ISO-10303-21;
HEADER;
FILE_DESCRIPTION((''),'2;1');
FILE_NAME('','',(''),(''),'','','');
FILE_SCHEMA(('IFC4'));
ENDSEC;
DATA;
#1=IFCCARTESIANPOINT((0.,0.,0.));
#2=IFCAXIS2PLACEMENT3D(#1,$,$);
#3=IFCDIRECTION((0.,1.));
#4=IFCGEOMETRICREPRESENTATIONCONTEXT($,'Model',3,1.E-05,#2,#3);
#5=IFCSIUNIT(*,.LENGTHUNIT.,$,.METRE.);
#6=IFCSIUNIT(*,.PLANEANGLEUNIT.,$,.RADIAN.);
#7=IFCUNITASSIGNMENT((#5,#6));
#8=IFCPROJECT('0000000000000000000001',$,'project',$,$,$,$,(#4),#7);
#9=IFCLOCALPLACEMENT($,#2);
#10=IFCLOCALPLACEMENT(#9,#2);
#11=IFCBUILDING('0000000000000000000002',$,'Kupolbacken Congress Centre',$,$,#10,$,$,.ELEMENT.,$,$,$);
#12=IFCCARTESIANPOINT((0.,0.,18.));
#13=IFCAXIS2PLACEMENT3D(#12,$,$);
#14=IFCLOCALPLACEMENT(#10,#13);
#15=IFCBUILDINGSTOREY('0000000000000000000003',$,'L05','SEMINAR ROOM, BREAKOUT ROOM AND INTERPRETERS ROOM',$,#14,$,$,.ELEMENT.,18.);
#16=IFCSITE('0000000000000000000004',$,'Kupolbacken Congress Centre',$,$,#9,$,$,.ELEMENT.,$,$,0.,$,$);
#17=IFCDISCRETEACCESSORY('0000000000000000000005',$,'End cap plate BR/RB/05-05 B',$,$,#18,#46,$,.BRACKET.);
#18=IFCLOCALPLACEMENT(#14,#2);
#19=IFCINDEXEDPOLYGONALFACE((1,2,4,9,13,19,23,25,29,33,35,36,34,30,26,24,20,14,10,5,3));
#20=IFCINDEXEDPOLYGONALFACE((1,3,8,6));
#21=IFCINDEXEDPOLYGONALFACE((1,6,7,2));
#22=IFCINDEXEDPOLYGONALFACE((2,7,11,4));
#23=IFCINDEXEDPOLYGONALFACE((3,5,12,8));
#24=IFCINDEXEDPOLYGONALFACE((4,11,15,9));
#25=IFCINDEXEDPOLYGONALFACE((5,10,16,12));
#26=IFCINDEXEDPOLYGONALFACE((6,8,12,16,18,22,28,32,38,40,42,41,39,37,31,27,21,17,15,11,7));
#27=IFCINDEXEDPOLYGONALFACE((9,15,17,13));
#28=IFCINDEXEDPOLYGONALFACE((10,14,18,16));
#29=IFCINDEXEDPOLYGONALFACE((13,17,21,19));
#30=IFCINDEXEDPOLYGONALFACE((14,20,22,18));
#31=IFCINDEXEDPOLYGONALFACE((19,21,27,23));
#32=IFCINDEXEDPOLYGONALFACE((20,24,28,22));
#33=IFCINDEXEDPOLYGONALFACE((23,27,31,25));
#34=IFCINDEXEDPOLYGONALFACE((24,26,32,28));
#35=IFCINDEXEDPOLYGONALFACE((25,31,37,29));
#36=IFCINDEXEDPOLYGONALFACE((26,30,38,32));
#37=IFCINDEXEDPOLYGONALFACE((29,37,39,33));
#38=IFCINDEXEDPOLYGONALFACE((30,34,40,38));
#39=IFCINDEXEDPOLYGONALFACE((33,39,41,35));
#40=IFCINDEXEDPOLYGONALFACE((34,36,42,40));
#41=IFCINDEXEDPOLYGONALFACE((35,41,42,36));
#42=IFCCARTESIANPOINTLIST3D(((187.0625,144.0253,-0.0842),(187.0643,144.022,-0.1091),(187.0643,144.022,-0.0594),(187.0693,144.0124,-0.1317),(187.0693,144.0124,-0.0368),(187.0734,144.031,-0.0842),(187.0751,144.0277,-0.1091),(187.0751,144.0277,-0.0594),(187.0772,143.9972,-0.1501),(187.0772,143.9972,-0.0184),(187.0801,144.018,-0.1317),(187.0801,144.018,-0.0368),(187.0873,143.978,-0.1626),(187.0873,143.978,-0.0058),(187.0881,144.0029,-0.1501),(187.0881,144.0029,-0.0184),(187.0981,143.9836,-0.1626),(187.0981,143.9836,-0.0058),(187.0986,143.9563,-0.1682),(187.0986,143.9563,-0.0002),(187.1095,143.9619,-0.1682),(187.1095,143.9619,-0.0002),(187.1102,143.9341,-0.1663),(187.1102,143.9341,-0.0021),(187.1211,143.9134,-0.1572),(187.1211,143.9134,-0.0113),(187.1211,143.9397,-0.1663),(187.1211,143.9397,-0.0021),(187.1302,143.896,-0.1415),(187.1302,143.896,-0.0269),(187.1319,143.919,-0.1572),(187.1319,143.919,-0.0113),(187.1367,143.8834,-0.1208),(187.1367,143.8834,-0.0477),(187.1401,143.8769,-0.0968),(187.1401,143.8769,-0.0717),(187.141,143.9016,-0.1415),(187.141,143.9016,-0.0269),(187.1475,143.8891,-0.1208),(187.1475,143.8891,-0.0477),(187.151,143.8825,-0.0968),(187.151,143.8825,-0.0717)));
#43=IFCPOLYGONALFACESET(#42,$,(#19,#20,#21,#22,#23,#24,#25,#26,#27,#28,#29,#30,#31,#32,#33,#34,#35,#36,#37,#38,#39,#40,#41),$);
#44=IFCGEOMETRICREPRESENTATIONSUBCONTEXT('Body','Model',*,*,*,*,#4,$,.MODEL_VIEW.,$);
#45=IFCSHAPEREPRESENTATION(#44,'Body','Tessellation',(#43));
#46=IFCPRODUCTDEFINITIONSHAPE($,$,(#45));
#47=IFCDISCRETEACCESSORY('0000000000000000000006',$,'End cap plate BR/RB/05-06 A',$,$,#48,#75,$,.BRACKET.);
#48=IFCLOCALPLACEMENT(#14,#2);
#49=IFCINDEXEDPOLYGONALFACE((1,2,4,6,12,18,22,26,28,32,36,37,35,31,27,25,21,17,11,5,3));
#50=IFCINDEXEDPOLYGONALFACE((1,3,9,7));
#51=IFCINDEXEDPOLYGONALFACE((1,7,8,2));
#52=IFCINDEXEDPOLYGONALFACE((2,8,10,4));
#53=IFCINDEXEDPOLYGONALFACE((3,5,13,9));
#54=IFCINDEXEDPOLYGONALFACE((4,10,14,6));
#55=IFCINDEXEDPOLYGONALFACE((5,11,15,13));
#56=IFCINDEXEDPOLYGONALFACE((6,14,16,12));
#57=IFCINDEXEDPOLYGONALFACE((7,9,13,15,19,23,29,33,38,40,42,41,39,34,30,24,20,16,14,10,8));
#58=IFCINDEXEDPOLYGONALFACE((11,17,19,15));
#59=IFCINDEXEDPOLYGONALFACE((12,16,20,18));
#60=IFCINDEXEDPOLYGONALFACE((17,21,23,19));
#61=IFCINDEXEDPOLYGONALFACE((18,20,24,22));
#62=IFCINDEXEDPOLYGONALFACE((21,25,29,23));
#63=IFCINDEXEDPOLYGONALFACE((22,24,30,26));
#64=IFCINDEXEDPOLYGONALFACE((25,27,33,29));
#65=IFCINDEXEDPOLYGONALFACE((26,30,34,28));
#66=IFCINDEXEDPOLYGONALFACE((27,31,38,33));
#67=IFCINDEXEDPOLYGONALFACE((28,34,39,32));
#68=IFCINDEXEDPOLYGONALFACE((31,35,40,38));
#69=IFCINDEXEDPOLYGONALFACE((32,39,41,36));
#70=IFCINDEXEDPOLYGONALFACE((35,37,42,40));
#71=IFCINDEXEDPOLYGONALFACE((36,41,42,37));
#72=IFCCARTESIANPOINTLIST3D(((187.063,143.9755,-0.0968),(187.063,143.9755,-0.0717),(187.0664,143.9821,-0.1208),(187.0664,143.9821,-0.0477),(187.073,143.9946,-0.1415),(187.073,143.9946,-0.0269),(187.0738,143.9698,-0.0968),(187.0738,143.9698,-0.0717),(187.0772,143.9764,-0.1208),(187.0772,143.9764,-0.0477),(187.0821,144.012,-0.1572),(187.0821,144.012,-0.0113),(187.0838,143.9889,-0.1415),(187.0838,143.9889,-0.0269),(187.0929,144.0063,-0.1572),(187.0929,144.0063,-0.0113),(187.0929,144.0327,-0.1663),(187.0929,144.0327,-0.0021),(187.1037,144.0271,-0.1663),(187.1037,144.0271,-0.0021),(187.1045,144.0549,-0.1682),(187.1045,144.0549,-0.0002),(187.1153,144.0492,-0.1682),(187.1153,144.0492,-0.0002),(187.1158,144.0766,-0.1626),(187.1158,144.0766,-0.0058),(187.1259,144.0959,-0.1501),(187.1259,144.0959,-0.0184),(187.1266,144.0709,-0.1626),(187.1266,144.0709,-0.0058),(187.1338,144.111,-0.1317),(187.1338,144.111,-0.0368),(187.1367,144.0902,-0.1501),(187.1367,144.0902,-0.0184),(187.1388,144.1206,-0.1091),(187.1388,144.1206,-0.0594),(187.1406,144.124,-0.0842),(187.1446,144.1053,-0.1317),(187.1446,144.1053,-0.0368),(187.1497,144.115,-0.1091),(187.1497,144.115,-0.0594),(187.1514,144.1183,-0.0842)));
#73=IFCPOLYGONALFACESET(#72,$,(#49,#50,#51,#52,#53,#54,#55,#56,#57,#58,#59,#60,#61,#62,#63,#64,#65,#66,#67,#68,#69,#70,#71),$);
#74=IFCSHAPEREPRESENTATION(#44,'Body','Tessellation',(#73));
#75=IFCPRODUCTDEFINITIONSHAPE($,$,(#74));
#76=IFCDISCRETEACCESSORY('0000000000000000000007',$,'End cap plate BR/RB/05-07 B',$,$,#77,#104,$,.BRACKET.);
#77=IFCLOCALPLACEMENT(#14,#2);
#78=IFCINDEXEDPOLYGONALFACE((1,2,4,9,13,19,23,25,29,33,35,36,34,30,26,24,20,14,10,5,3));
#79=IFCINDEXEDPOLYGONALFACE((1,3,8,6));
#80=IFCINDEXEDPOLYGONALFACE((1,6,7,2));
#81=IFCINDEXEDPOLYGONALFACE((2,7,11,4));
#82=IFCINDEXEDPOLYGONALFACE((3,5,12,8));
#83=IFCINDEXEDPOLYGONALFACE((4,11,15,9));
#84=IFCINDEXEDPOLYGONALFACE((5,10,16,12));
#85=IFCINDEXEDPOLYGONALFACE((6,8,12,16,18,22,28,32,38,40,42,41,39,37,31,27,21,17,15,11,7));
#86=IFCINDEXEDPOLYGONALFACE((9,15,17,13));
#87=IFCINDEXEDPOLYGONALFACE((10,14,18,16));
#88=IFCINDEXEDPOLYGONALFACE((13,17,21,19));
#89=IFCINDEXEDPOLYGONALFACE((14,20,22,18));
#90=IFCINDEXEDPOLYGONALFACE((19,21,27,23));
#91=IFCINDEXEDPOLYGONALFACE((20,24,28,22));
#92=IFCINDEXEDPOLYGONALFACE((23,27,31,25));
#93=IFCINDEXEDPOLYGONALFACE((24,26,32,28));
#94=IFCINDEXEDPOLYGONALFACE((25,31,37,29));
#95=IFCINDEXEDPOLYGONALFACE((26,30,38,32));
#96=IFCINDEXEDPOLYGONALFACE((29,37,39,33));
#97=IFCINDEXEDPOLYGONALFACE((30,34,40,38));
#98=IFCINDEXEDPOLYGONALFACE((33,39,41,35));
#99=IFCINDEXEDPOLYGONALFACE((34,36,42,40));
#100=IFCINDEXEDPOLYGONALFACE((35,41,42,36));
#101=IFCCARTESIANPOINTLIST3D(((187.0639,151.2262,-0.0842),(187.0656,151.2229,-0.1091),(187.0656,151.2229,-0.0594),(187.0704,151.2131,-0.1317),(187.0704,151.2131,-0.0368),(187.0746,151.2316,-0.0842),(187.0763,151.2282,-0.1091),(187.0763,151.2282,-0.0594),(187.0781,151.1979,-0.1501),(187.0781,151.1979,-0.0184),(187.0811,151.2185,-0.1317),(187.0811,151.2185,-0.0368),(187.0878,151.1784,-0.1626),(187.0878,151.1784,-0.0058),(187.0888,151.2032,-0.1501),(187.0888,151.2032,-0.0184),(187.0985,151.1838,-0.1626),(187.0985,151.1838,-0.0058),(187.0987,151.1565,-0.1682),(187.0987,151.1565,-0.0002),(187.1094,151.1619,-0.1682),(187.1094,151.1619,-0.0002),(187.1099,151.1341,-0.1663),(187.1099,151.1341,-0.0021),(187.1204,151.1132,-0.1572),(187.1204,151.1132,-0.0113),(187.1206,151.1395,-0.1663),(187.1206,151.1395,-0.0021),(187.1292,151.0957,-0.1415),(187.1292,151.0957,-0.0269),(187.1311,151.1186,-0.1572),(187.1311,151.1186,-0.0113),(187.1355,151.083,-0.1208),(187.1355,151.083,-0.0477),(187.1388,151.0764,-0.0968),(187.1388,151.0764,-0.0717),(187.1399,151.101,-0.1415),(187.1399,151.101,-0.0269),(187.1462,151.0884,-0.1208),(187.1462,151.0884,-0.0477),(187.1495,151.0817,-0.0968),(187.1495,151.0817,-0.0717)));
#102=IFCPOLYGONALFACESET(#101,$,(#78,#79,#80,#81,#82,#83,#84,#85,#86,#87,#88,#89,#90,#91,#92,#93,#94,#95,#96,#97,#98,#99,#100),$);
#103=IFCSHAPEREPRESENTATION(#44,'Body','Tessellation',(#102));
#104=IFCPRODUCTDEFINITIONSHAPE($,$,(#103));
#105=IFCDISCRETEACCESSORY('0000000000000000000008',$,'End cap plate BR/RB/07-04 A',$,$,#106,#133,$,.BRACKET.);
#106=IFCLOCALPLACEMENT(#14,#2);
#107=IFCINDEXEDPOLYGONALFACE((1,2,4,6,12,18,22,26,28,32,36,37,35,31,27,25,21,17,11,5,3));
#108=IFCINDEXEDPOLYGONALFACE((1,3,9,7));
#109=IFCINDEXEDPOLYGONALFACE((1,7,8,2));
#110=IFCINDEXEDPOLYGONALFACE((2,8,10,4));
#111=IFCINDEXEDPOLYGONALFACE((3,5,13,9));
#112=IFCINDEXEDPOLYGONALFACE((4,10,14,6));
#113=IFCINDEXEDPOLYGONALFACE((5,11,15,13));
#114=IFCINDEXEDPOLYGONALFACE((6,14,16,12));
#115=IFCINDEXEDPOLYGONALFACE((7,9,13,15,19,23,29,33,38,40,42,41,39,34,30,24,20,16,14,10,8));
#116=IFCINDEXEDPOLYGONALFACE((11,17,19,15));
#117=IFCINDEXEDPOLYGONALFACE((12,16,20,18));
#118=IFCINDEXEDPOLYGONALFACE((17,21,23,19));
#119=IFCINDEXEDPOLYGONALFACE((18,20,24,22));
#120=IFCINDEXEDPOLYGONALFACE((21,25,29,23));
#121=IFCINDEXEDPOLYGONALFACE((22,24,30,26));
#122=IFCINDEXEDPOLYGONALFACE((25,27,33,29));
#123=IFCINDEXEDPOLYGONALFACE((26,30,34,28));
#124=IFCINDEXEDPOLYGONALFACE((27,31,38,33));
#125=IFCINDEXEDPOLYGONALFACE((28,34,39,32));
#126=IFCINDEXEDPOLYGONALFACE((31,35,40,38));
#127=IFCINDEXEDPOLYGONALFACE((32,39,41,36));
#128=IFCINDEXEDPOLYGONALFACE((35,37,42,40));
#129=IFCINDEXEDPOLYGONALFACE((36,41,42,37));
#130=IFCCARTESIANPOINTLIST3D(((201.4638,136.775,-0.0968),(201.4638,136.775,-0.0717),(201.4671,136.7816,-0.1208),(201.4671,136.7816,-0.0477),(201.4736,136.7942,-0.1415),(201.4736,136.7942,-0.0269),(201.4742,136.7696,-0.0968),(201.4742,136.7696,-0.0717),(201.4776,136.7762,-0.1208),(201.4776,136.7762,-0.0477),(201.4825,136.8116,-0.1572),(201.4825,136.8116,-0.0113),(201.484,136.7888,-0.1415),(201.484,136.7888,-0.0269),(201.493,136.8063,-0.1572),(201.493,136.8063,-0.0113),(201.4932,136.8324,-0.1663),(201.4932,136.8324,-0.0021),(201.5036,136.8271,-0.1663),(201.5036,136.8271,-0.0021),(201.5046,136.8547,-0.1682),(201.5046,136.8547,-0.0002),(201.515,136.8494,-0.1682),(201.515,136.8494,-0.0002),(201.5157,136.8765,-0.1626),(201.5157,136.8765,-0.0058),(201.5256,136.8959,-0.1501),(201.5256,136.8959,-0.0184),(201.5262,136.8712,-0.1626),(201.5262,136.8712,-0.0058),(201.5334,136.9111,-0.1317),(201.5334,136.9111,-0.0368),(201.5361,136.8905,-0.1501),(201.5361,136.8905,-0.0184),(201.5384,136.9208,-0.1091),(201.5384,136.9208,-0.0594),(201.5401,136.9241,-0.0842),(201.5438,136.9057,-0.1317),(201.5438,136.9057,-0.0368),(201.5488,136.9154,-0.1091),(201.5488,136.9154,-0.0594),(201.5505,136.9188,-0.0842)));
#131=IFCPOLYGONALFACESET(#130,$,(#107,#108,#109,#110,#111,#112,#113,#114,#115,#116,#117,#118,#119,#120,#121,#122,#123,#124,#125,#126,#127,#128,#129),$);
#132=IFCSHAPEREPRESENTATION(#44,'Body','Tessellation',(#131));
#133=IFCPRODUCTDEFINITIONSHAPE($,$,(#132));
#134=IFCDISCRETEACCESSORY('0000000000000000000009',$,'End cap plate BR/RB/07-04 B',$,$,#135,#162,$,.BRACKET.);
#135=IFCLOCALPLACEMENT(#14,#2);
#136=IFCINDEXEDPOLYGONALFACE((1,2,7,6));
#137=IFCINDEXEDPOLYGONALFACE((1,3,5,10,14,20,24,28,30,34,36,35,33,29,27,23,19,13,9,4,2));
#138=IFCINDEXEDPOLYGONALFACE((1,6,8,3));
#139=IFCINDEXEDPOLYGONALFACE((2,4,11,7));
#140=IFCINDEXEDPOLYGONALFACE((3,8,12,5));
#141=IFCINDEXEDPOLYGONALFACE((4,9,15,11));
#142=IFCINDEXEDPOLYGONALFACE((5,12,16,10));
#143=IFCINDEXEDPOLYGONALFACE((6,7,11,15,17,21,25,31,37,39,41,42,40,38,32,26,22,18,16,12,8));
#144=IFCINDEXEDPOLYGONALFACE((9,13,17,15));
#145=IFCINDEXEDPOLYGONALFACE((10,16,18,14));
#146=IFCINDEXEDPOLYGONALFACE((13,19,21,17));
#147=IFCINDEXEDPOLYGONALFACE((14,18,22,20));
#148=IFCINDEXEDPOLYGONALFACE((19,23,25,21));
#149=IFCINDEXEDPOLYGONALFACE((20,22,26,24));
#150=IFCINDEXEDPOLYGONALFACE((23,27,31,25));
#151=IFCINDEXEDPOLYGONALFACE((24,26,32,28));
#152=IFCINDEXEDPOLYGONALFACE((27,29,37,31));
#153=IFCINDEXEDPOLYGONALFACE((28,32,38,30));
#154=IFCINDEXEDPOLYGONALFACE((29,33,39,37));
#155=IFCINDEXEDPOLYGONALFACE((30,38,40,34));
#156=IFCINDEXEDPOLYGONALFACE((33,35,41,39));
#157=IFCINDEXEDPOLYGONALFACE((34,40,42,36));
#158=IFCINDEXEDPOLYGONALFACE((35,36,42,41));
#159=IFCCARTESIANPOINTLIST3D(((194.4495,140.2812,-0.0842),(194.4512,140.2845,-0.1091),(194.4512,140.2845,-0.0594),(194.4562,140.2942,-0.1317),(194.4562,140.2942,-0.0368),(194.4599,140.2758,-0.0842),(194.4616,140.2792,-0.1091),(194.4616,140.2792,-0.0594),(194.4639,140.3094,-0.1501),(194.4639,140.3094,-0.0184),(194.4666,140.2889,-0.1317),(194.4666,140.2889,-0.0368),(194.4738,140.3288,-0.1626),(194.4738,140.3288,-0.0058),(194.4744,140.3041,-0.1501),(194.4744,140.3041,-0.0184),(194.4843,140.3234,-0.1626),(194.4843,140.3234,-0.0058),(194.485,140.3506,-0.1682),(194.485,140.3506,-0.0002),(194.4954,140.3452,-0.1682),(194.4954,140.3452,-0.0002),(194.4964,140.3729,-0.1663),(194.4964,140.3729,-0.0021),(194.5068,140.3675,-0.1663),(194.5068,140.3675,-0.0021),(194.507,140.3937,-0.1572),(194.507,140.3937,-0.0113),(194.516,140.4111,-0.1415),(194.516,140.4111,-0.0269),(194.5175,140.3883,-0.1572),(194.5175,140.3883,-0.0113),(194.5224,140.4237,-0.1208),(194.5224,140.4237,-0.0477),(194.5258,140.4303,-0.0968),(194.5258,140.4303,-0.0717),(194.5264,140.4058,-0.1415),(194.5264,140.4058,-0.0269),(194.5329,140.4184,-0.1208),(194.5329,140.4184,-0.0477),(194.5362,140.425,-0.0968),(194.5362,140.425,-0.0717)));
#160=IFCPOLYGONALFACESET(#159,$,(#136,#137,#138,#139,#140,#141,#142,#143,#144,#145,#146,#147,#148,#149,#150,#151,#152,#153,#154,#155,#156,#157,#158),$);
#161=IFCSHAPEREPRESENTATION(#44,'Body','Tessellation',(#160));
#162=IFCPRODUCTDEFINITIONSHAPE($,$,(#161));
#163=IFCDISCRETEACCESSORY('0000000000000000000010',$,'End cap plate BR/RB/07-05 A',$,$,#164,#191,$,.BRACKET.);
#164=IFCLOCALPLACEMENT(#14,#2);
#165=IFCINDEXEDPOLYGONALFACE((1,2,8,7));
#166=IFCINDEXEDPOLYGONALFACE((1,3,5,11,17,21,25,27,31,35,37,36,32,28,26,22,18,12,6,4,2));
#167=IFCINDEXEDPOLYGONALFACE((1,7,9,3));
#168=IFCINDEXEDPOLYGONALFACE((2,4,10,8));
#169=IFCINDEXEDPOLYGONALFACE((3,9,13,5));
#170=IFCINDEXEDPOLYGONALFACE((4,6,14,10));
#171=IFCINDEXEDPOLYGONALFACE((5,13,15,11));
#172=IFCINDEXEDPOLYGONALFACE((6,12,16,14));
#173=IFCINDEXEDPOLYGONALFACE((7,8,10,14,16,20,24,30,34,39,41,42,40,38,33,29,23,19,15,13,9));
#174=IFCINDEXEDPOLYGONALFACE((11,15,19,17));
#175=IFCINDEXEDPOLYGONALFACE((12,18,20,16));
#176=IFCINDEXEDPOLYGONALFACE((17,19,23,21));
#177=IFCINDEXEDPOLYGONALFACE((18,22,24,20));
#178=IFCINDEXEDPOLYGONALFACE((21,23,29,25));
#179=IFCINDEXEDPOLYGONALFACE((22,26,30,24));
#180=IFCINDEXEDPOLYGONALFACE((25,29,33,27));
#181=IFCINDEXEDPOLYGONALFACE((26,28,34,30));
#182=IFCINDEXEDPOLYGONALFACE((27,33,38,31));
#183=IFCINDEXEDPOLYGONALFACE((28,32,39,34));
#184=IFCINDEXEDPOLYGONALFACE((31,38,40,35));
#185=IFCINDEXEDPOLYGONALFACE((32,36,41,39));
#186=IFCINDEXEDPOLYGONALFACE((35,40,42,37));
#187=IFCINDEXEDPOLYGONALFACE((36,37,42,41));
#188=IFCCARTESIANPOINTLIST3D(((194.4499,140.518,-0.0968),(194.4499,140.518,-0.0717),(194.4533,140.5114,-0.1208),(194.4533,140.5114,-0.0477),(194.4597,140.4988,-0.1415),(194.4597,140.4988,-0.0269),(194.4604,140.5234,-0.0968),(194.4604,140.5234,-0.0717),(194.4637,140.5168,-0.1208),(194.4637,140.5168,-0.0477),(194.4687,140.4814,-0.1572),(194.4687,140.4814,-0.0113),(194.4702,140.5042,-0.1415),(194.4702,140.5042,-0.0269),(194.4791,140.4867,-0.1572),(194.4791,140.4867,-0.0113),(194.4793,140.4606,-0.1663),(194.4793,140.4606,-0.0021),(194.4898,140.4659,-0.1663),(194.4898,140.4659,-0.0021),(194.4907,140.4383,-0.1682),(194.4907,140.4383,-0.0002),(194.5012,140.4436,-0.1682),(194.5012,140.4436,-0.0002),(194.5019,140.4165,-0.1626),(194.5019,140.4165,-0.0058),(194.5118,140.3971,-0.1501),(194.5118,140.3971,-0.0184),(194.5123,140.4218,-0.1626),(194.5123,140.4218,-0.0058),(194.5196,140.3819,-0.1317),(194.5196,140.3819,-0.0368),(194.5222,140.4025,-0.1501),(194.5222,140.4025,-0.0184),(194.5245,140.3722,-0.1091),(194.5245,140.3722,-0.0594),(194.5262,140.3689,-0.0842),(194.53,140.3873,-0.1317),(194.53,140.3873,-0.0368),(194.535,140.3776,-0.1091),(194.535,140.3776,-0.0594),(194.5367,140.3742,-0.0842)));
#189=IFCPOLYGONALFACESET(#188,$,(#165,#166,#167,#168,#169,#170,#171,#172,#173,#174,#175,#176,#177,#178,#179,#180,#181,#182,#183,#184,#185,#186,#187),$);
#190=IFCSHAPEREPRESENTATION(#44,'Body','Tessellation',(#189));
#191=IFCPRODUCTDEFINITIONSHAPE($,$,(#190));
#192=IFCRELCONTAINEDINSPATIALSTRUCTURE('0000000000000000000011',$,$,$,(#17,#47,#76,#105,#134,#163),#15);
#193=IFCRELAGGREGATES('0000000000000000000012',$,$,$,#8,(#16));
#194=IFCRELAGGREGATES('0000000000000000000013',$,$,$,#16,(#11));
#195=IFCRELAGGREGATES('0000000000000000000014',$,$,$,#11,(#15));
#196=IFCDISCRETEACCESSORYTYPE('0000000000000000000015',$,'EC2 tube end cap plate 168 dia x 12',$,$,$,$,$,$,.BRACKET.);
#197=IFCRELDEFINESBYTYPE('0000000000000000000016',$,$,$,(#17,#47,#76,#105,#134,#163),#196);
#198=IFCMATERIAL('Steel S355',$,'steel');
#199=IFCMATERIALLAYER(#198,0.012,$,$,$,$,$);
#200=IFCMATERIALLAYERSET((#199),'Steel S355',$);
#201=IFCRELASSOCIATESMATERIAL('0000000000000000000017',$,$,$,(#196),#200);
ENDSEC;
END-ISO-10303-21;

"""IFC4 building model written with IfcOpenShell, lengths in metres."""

from ifc_helpers import new_model, si_unit, direction, frame, origin, origin_2d, place, context, subcontext, project, spatial, circle, extrude, material, layer, layer_set, type_object, element, save


model = new_model("IFC4")

# Units and contexts
model_context = context("Model", 3, precision=1e-05, world=origin(), true_north=direction((0.0, 1.0)))
body_context = subcontext(model_context, "Body", "Model", "MODEL_VIEW")
ifc_project = project(units=[si_unit("LENGTHUNIT", "METRE"), si_unit("PLANEANGLEUNIT", "RADIAN")], contexts=[model_context])

# Site, building, storey
site_placement = place(None, origin())
site = spatial("IfcSite", under=ifc_project, at=site_placement, Name="Kupolbacken Congress Centre", CompositionType="ELEMENT", RefElevation=0.0)
building_placement = place(site_placement, origin())
building = spatial("IfcBuilding", under=site, at=building_placement, Name="Kupolbacken Congress Centre", CompositionType="ELEMENT")
storey_placement = place(building_placement, frame((0.0, 0.0, 18.0)))
storey = spatial("IfcBuildingStorey", under=building, at=storey_placement, Name="L05", Description="SEMINAR ROOM, BREAKOUT ROOM AND INTERPRETERS ROOM", CompositionType="ELEMENT", Elevation=18.0)

# Discrete accessories
ifc_material_1 = material(Name="Steel S355", Category="steel")
ifc_layer_1 = layer(ifc_material_1, 0.012)
ifc_layer_set_1 = layer_set([ifc_layer_1], Name="Steel S355")
discrete_accessory_type = type_object("IfcDiscreteAccessoryType", Name="EC2 tube end cap plate 168 dia x 12", PredefinedType="BRACKET", material=ifc_layer_set_1)
for number, where, z_axis, x_axis, name in (
    (1, (187.1016, 143.9507, -0.0842), (0.886225, 0.463254, 0.0), (-0.463254, 0.886225, 0.0), "End cap plate BR/RB/05-05 B"),
    (2, (187.1016, 144.0493, -0.0842), (0.886225, -0.463254, 0.0), (0.463254, 0.886225, 0.0), "End cap plate BR/RB/05-06 A"),
):
    element("IfcDiscreteAccessory", number, at=place(storey_placement, frame(where, z_axis=z_axis, x_axis=x_axis)), inside=storey, type_object=discrete_accessory_type, Name=name, PredefinedType="BRACKET", context=body_context, shape_type="SweptSolid", body=[
        extrude(circle(Radius=0.0842, at=origin_2d()), origin(), (0.0, 0.0, 1.0), 0.0122),
    ])
discrete_accessory_1_placement = place(storey_placement, frame((187.1016, 151.1509, -0.0842), z_axis=(0.894427, 0.447214, 0.0), x_axis=(-0.447214, 0.894427, 0.0)))
element("IfcDiscreteAccessory", 3, at=discrete_accessory_1_placement, inside=storey, type_object=discrete_accessory_type, Name="End cap plate BR/RB/05-07 B", PredefinedType="BRACKET", context=body_context, shape_type="SweptSolid", body=[
    extrude(circle(Radius=0.0842, at=origin_2d()), origin(), (0.0, 0.0, 1.0), 0.012),
])
for number, where, z_axis, x_axis, name in (
    (4, (201.5017, 136.8491, -0.0842), (0.890248, -0.455476, 0.0), (0.455476, 0.890248, 0.0), "End cap plate BR/RB/07-04 A"),
    (5, (194.4983, 140.3508, -0.0842), (-0.890248, 0.455476, 0.0), (-0.455476, -0.890248, 0.0), "End cap plate BR/RB/07-04 B"),
    (6, (194.4983, 140.4492, -0.0842), (-0.890248, -0.455476, 0.0), (0.455476, -0.890248, 0.0), "End cap plate BR/RB/07-05 A"),
):
    element("IfcDiscreteAccessory", number, at=place(storey_placement, frame(where, z_axis=z_axis, x_axis=x_axis)), inside=storey, type_object=discrete_accessory_type, Name=name, PredefinedType="BRACKET", context=body_context, shape_type="SweptSolid", body=[
        extrude(circle(Radius=0.0842, at=origin_2d()), origin(), (0.0, 0.0, 1.0), 0.0117),
    ])

save(model, "model.ifc")
